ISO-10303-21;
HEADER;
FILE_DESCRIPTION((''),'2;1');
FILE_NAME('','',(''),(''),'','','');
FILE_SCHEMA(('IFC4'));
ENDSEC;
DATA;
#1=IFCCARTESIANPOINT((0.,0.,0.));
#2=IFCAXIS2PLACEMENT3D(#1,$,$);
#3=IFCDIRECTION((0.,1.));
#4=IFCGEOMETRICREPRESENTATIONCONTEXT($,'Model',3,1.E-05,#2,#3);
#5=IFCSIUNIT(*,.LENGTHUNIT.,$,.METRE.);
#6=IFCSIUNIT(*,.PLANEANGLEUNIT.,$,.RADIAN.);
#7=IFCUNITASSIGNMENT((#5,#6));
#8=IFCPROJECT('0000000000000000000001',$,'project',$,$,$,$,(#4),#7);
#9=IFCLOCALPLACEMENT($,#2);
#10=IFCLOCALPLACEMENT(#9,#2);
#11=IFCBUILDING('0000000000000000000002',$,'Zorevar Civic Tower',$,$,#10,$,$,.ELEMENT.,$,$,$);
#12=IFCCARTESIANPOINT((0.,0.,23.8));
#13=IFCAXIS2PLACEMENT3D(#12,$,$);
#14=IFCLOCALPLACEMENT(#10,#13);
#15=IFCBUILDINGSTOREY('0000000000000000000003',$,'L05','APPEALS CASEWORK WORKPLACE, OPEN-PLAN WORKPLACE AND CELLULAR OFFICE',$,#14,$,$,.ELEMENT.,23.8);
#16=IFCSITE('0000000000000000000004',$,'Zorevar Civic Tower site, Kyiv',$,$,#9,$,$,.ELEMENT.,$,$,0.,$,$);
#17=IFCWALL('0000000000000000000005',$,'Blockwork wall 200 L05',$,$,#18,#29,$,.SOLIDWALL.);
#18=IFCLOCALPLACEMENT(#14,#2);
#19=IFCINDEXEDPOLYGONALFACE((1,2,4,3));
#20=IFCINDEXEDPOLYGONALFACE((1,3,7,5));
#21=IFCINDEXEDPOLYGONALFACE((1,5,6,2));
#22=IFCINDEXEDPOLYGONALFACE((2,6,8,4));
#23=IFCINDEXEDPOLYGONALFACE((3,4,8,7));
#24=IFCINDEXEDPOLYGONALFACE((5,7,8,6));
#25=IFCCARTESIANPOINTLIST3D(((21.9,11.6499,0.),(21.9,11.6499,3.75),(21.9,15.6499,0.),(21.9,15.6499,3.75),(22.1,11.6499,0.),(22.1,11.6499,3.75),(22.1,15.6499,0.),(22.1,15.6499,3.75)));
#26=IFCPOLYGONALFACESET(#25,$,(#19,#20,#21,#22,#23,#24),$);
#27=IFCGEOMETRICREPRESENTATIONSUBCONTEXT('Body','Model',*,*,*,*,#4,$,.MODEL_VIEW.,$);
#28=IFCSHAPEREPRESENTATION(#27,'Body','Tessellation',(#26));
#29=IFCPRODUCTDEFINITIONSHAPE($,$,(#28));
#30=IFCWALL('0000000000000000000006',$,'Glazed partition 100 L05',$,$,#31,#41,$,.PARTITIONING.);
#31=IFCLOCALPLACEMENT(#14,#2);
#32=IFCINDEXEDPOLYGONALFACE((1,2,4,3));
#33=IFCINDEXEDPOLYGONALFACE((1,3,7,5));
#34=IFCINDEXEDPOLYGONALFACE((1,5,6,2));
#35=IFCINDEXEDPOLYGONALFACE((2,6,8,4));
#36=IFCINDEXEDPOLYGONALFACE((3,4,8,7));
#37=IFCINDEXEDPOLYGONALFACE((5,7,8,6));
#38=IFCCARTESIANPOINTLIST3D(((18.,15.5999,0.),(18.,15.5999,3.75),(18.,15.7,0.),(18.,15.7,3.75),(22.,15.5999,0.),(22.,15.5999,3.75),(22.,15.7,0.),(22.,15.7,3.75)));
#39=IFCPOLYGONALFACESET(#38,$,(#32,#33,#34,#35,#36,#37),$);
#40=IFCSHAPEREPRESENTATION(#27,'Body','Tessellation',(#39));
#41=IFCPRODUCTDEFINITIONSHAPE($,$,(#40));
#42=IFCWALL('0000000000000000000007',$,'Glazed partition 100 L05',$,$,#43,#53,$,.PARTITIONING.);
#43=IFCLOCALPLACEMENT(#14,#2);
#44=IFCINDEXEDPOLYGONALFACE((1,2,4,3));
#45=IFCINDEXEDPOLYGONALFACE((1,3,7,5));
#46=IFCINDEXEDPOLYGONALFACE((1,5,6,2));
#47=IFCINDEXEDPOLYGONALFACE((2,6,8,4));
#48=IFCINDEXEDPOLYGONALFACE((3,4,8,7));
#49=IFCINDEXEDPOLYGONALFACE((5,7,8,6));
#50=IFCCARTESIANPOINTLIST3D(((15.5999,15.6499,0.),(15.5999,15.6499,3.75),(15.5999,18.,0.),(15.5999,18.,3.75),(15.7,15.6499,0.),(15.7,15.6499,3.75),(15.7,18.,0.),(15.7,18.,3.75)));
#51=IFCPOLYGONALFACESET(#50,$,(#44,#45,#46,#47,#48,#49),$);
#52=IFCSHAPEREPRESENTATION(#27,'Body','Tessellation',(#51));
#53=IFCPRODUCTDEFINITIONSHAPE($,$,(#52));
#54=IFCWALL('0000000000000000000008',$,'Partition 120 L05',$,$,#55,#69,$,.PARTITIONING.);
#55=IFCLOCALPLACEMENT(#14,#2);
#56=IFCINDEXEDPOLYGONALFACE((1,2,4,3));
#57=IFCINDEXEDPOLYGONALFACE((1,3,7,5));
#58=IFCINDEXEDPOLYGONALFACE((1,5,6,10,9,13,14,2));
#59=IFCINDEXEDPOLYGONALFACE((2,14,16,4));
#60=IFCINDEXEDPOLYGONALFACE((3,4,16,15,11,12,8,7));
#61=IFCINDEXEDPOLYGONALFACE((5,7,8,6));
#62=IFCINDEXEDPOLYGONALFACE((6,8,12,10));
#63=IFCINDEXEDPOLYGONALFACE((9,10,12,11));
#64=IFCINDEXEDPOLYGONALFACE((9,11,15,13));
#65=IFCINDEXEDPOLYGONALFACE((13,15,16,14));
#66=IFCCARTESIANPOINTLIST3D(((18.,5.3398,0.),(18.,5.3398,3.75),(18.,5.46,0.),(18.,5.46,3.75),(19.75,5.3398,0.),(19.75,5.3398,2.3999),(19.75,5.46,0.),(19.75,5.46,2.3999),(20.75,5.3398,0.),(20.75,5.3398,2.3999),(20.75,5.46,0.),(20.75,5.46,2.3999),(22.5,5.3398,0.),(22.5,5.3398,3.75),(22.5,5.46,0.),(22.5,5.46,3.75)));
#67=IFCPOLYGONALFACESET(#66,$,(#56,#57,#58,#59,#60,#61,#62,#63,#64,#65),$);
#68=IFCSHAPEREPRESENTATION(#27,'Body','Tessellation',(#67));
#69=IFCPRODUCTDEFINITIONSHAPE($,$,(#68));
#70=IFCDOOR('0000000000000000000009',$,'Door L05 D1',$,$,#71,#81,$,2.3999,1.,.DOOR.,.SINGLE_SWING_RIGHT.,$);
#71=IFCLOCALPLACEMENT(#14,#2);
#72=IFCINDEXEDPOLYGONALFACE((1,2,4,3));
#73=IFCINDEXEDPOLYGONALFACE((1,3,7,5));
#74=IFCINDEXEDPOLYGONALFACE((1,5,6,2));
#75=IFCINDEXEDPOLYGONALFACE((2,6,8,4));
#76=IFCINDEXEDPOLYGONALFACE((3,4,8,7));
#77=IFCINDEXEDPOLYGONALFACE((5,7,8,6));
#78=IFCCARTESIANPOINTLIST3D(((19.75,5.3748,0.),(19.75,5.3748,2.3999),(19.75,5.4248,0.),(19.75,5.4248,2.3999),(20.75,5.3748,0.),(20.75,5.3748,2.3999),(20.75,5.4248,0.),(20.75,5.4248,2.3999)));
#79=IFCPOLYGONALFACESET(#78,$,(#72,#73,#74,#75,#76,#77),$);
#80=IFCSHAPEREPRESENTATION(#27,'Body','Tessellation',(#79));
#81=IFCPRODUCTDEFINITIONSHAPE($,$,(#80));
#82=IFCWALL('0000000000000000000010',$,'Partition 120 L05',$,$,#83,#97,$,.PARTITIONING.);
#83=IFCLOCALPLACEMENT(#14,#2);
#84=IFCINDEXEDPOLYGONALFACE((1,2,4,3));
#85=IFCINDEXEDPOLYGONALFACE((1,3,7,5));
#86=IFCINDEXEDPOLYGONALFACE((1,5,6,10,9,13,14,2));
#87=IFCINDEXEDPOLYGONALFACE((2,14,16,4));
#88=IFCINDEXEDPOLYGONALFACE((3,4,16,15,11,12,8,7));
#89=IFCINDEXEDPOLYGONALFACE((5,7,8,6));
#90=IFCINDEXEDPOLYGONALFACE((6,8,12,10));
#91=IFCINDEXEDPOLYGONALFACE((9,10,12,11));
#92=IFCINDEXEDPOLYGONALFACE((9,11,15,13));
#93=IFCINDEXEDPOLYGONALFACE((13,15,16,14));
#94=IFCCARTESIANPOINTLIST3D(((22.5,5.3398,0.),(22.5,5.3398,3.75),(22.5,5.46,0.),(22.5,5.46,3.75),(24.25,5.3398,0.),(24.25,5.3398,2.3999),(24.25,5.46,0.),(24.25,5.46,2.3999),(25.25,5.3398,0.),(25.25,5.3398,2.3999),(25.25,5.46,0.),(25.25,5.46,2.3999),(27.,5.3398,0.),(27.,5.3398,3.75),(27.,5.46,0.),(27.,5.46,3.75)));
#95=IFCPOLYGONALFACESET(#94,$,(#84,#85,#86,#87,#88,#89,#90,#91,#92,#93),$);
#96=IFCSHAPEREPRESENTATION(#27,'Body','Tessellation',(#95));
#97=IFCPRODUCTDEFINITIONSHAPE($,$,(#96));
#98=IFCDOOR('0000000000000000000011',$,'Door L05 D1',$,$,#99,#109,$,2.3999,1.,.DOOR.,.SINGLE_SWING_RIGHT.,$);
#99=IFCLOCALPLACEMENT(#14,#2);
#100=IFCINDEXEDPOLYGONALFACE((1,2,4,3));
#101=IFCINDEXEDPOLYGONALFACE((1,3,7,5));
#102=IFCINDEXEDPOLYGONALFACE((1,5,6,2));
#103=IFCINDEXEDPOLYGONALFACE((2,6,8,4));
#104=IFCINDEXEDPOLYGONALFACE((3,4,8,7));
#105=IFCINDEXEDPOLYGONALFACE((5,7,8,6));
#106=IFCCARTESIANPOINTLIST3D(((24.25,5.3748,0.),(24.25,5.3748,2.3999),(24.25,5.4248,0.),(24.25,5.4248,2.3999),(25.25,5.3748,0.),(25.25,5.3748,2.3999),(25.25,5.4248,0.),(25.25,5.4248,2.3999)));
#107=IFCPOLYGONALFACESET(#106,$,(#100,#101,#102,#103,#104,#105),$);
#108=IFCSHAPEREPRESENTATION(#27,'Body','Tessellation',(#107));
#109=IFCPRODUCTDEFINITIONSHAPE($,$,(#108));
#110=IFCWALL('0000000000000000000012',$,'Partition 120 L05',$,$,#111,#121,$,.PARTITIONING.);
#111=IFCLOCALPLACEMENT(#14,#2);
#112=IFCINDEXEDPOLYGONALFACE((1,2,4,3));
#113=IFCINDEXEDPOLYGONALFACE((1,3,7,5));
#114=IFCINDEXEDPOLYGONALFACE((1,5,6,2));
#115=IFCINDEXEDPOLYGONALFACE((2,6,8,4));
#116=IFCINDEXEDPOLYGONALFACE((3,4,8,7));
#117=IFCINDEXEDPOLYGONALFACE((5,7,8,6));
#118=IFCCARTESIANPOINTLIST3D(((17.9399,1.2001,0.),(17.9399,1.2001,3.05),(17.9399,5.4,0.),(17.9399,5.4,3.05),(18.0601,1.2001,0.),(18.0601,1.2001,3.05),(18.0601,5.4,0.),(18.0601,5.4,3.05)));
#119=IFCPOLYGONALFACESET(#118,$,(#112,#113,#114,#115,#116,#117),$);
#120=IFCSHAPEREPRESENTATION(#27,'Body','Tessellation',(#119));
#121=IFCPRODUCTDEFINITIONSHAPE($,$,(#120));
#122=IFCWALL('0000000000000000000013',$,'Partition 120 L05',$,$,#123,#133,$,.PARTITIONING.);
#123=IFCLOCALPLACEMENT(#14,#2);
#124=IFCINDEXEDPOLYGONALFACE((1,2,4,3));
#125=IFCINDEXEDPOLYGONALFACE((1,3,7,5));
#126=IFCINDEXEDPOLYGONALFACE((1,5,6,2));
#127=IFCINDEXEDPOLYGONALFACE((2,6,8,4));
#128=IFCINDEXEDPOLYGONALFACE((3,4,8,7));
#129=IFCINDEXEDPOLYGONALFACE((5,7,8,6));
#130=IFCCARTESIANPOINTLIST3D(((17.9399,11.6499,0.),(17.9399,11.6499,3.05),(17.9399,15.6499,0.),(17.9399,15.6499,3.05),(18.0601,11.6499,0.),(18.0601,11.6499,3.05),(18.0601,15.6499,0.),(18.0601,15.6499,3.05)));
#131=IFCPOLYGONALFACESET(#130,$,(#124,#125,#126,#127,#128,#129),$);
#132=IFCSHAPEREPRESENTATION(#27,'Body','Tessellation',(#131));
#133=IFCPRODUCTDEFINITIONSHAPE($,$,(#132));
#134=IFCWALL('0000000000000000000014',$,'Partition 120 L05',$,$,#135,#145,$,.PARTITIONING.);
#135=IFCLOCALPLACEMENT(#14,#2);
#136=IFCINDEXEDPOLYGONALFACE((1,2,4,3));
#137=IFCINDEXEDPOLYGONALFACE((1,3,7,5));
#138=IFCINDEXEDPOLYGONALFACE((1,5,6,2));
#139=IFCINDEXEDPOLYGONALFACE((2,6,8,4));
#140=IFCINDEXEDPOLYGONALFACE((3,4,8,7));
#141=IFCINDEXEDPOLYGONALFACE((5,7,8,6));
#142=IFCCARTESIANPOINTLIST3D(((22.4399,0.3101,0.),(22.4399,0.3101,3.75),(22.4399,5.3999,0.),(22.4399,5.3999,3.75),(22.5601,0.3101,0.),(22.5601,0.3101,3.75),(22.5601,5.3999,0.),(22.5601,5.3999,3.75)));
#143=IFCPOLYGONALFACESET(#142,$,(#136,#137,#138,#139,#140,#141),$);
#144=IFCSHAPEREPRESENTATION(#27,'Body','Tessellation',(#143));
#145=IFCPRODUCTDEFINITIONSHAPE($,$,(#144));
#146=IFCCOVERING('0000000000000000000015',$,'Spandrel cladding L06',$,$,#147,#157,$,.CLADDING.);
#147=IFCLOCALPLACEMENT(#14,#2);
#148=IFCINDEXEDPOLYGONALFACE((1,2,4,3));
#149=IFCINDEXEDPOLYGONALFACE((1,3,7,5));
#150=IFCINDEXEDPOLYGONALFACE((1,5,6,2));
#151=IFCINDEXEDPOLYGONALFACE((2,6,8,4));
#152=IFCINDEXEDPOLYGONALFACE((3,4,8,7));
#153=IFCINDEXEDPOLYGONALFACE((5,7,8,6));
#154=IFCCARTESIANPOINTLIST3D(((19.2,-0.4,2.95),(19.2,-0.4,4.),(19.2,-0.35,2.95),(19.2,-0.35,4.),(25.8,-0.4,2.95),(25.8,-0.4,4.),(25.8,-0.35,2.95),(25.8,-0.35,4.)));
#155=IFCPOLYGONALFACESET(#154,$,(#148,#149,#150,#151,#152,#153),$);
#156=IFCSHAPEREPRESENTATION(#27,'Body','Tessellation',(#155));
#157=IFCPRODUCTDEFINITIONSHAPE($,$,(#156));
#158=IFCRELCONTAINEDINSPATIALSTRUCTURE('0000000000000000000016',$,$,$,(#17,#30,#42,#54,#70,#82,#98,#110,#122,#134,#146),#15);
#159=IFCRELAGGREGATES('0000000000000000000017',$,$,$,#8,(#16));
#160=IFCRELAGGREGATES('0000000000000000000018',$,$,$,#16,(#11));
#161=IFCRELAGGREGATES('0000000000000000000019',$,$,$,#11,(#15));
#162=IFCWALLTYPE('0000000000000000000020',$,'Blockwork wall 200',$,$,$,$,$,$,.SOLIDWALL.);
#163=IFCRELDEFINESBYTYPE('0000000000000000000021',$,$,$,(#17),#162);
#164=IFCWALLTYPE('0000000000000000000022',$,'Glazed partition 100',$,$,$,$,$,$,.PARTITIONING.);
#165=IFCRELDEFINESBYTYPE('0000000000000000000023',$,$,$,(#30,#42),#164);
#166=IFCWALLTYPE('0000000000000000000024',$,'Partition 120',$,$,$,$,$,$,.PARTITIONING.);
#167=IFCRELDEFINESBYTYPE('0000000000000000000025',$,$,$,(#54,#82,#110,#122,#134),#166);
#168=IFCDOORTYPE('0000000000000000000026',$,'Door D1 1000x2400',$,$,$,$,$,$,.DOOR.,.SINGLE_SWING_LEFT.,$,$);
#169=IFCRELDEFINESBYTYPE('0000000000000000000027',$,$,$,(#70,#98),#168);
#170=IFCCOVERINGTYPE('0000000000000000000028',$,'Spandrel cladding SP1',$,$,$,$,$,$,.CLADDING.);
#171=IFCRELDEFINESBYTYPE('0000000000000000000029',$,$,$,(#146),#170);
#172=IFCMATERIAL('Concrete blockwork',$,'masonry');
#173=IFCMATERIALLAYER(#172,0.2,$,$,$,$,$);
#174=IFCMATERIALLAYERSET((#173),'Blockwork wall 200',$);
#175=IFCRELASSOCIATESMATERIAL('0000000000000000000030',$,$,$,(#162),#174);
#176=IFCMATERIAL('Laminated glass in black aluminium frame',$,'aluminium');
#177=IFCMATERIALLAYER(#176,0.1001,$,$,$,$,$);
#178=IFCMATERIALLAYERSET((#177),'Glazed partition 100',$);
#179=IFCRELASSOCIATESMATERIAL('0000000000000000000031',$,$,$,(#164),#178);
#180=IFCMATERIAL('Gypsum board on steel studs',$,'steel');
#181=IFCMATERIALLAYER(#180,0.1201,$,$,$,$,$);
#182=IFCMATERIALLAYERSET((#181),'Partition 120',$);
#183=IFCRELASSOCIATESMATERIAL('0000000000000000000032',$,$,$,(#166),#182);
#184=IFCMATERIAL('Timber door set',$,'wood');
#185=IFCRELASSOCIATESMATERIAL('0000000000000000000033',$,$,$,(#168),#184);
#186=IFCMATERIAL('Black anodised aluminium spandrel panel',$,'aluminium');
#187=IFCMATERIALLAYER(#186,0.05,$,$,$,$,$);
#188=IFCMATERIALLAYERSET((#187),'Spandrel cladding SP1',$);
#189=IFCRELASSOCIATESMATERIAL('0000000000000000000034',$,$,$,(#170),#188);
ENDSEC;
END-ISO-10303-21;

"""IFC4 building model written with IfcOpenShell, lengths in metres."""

from ifc_helpers import new_model, si_unit, direction, frame, frame_2d, origin, place, context, subcontext, project, spatial, rectangle, extrude, material, layer, layer_set, type_object, element, fill, save


model = new_model("IFC4")

# Units and contexts
model_context = context("Model", 3, precision=1e-05, world=origin(), true_north=direction((0.0, 1.0)))
body_context = subcontext(model_context, "Body", "Model", "MODEL_VIEW")
ifc_project = project(units=[si_unit("LENGTHUNIT", "METRE"), si_unit("PLANEANGLEUNIT", "RADIAN")], contexts=[model_context])

# Site, building, storey
site_placement = place(None, origin())
site = spatial("IfcSite", under=ifc_project, at=site_placement, Name="Zorevar Civic Tower site, Kyiv", CompositionType="ELEMENT", RefElevation=0.0)
building_placement = place(site_placement, origin())
building = spatial("IfcBuilding", under=site, at=building_placement, Name="Zorevar Civic Tower", CompositionType="ELEMENT")
storey_placement = place(building_placement, frame((0.0, 0.0, 23.8)))
storey = spatial("IfcBuildingStorey", under=building, at=storey_placement, Name="L05", Description="APPEALS CASEWORK WORKPLACE, OPEN-PLAN WORKPLACE AND CELLULAR OFFICE", CompositionType="ELEMENT", Elevation=23.8)

# Shared definitions
ifc_material_1 = material(Name="Concrete blockwork", Category="masonry")
ifc_layer_1 = layer(ifc_material_1, 0.2)
ifc_layer_set_1 = layer_set([ifc_layer_1], Name="Blockwork wall 200")
wall_type_1 = type_object("IfcWallType", Name="Blockwork wall 200", PredefinedType="SOLIDWALL", material=ifc_layer_set_1)

# Walls
wall_1_placement = place(storey_placement, frame((22.0, 11.6499, 0.0), z_axis=(0.0, 0.0, 1.0), x_axis=(0.0, 1.0, 0.0)))
element("IfcWall", 1, at=wall_1_placement, inside=storey, type_object=wall_type_1, Name="Blockwork wall 200 L05", PredefinedType="SOLIDWALL", context=body_context, shape_type="SweptSolid", body=[
    extrude(rectangle(XDim=4.0, YDim=0.2, at=frame_2d((2.0, 0.0))), origin(), (0.0, 0.0, 1.0), 3.75),
])
ifc_material_2 = material(Name="Laminated glass in black aluminium frame", Category="aluminium")
ifc_layer_2 = layer(ifc_material_2, 0.1001)
ifc_layer_set_2 = layer_set([ifc_layer_2], Name="Glazed partition 100")
wall_type_2 = type_object("IfcWallType", Name="Glazed partition 100", PredefinedType="PARTITIONING", material=ifc_layer_set_2)
wall_2_placement = place(storey_placement, frame((18.0, 15.6499, 0.0), z_axis=(0.0, 0.0, 1.0), x_axis=(1.0, 0.0, 0.0)))
element("IfcWall", 2, at=wall_2_placement, inside=storey, type_object=wall_type_2, Name="Glazed partition 100 L05", PredefinedType="PARTITIONING", context=body_context, shape_type="SweptSolid", body=[
    extrude(rectangle(XDim=4.0, YDim=0.1001, at=frame_2d((2.0, 0.0))), origin(), (0.0, 0.0, 1.0), 3.75),
])
wall_3_placement = place(storey_placement, frame((15.6499, 15.6499, 0.0), z_axis=(0.0, 0.0, 1.0), x_axis=(0.0, 1.0, 0.0)))
element("IfcWall", 3, at=wall_3_placement, inside=storey, type_object=wall_type_2, Name="Glazed partition 100 L05", PredefinedType="PARTITIONING", context=body_context, shape_type="SweptSolid", body=[
    extrude(rectangle(XDim=2.3501, YDim=0.1001, at=frame_2d((1.175, 0.0))), origin(), (0.0, 0.0, 1.0), 3.75),
])

# Walls, openings, doors
ifc_material_3 = material(Name="Gypsum board on steel studs", Category="steel")
ifc_layer_3 = layer(ifc_material_3, 0.1201)
ifc_layer_set_3 = layer_set([ifc_layer_3], Name="Partition 120")
wall_type_3 = type_object("IfcWallType", Name="Partition 120", PredefinedType="PARTITIONING", material=ifc_layer_set_3)
wall_4_placement = place(storey_placement, frame((18.0, 5.3999, 0.0), z_axis=(0.0, 0.0, 1.0), x_axis=(1.0, 0.0, 0.0)))
wall_4 = element("IfcWall", 4, at=wall_4_placement, inside=storey, type_object=wall_type_3, Name="Partition 120 L05", PredefinedType="PARTITIONING", context=body_context, shape_type="SweptSolid", body=[
    extrude(rectangle(XDim=4.5, YDim=0.1201, at=frame_2d((2.25, 0.0))), origin(), (0.0, 0.0, 1.0), 3.75),
])
opening_1_placement = place(wall_4_placement, frame((1.75, 0.0, 0.0)))
opening_1 = element("IfcOpeningElement", 5, at=opening_1_placement, cuts=wall_4, PredefinedType="OPENING", context=body_context, shape_type="SweptSolid", body=[
    extrude(rectangle(XDim=1.0, YDim=2.3999, at=frame_2d((0.5, 1.2))), frame((0.0, 0.0701, 0.0), z_axis=(0.0, -1.0, 0.0), x_axis=(1.0, 0.0, 0.0)), (0.0, 0.0, 1.0), 0.1401),
])
ifc_material_4 = material(Name="Timber door set", Category="wood")
door_type_1 = type_object("IfcDoorType", Name="Door D1 1000x2400", OperationType="SINGLE_SWING_LEFT", PredefinedType="DOOR", material=ifc_material_4)
door_1_placement = place(opening_1_placement, origin())
door_1 = element("IfcDoor", 6, at=door_1_placement, inside=storey, type_object=door_type_1, Name="Door L05 D1", OperationType="SINGLE_SWING_RIGHT", OverallHeight=2.3999, OverallWidth=1.0, PredefinedType="DOOR", context=body_context, shape_type="SweptSolid", body=[
    extrude(rectangle(XDim=1.0, YDim=2.3999, at=frame_2d((0.5, 1.2))), frame((0.0, 0.0249, 0.0), z_axis=(0.0, -1.0, 0.0), x_axis=(1.0, 0.0, 0.0)), (0.0, 0.0, 1.0), 0.05),
])
fill(opening_1, door_1)
wall_5_placement = place(storey_placement, frame((22.5, 5.3999, 0.0), z_axis=(0.0, 0.0, 1.0), x_axis=(1.0, 0.0, 0.0)))
wall_5 = element("IfcWall", 7, at=wall_5_placement, inside=storey, type_object=wall_type_3, Name="Partition 120 L05", PredefinedType="PARTITIONING", context=body_context, shape_type="SweptSolid", body=[
    extrude(rectangle(XDim=4.5, YDim=0.1201, at=frame_2d((2.25, 0.0))), origin(), (0.0, 0.0, 1.0), 3.75),
])
opening_2_placement = place(wall_5_placement, frame((1.75, 0.0, 0.0)))
opening_2 = element("IfcOpeningElement", 8, at=opening_2_placement, cuts=wall_5, PredefinedType="OPENING", context=body_context, shape_type="SweptSolid", body=[
    extrude(rectangle(XDim=1.0, YDim=2.3999, at=frame_2d((0.5, 1.2))), frame((0.0, 0.0701, 0.0), z_axis=(0.0, -1.0, 0.0), x_axis=(1.0, 0.0, 0.0)), (0.0, 0.0, 1.0), 0.1401),
])
door_2_placement = place(opening_2_placement, origin())
door_2 = element("IfcDoor", 9, at=door_2_placement, inside=storey, type_object=door_type_1, Name="Door L05 D1", OperationType="SINGLE_SWING_RIGHT", OverallHeight=2.3999, OverallWidth=1.0, PredefinedType="DOOR", context=body_context, shape_type="SweptSolid", body=[
    extrude(rectangle(XDim=1.0, YDim=2.3999, at=frame_2d((0.5, 1.2))), frame((0.0, 0.0249, 0.0), z_axis=(0.0, -1.0, 0.0), x_axis=(1.0, 0.0, 0.0)), (0.0, 0.0, 1.0), 0.05),
])
fill(opening_2, door_2)

# Walls
wall_6_placement = place(storey_placement, frame((18.0, 1.2, 0.0), z_axis=(0.0, 0.0, 1.0), x_axis=(0.0, 1.0, 0.0)))
element("IfcWall", 10, at=wall_6_placement, inside=storey, type_object=wall_type_3, Name="Partition 120 L05", PredefinedType="PARTITIONING", context=body_context, shape_type="SweptSolid", body=[
    extrude(rectangle(XDim=4.2, YDim=0.1201, at=frame_2d((2.1001, 0.0))), origin(), (0.0, 0.0, 1.0), 3.05),
])
wall_7_placement = place(storey_placement, frame((18.0, 11.6499, 0.0), z_axis=(0.0, 0.0, 1.0), x_axis=(0.0, 1.0, 0.0)))
element("IfcWall", 11, at=wall_7_placement, inside=storey, type_object=wall_type_3, Name="Partition 120 L05", PredefinedType="PARTITIONING", context=body_context, shape_type="SweptSolid", body=[
    extrude(rectangle(XDim=4.0, YDim=0.1201, at=frame_2d((2.0, 0.0))), origin(), (0.0, 0.0, 1.0), 3.05),
])
wall_8_placement = place(storey_placement, frame((22.5, 0.3101, 0.0), z_axis=(0.0, 0.0, 1.0), x_axis=(0.0, 1.0, 0.0)))
element("IfcWall", 12, at=wall_8_placement, inside=storey, type_object=wall_type_3, Name="Partition 120 L05", PredefinedType="PARTITIONING", context=body_context, shape_type="SweptSolid", body=[
    extrude(rectangle(XDim=5.0898, YDim=0.1201, at=frame_2d((2.5449, 0.0))), origin(), (0.0, 0.0, 1.0), 3.75),
])

# Covering
ifc_material_5 = material(Name="Black anodised aluminium spandrel panel", Category="aluminium")
ifc_layer_4 = layer(ifc_material_5, 0.05)
ifc_layer_set_4 = layer_set([ifc_layer_4], Name="Spandrel cladding SP1")
covering_type = type_object("IfcCoveringType", Name="Spandrel cladding SP1", PredefinedType="CLADDING", material=ifc_layer_set_4)
covering_placement = place(storey_placement, frame((19.2, -0.375, 2.95), z_axis=(0.0, 0.0, 1.0), x_axis=(1.0, 0.0, 0.0)))
element("IfcCovering", 13, at=covering_placement, inside=storey, type_object=covering_type, Name="Spandrel cladding L06", PredefinedType="CLADDING", context=body_context, shape_type="SweptSolid", body=[
    extrude(rectangle(XDim=6.6001, YDim=0.05, at=frame_2d((3.3, 0.0))), origin(), (0.0, 0.0, 1.0), 1.05),
])

save(model, "model.ifc")
